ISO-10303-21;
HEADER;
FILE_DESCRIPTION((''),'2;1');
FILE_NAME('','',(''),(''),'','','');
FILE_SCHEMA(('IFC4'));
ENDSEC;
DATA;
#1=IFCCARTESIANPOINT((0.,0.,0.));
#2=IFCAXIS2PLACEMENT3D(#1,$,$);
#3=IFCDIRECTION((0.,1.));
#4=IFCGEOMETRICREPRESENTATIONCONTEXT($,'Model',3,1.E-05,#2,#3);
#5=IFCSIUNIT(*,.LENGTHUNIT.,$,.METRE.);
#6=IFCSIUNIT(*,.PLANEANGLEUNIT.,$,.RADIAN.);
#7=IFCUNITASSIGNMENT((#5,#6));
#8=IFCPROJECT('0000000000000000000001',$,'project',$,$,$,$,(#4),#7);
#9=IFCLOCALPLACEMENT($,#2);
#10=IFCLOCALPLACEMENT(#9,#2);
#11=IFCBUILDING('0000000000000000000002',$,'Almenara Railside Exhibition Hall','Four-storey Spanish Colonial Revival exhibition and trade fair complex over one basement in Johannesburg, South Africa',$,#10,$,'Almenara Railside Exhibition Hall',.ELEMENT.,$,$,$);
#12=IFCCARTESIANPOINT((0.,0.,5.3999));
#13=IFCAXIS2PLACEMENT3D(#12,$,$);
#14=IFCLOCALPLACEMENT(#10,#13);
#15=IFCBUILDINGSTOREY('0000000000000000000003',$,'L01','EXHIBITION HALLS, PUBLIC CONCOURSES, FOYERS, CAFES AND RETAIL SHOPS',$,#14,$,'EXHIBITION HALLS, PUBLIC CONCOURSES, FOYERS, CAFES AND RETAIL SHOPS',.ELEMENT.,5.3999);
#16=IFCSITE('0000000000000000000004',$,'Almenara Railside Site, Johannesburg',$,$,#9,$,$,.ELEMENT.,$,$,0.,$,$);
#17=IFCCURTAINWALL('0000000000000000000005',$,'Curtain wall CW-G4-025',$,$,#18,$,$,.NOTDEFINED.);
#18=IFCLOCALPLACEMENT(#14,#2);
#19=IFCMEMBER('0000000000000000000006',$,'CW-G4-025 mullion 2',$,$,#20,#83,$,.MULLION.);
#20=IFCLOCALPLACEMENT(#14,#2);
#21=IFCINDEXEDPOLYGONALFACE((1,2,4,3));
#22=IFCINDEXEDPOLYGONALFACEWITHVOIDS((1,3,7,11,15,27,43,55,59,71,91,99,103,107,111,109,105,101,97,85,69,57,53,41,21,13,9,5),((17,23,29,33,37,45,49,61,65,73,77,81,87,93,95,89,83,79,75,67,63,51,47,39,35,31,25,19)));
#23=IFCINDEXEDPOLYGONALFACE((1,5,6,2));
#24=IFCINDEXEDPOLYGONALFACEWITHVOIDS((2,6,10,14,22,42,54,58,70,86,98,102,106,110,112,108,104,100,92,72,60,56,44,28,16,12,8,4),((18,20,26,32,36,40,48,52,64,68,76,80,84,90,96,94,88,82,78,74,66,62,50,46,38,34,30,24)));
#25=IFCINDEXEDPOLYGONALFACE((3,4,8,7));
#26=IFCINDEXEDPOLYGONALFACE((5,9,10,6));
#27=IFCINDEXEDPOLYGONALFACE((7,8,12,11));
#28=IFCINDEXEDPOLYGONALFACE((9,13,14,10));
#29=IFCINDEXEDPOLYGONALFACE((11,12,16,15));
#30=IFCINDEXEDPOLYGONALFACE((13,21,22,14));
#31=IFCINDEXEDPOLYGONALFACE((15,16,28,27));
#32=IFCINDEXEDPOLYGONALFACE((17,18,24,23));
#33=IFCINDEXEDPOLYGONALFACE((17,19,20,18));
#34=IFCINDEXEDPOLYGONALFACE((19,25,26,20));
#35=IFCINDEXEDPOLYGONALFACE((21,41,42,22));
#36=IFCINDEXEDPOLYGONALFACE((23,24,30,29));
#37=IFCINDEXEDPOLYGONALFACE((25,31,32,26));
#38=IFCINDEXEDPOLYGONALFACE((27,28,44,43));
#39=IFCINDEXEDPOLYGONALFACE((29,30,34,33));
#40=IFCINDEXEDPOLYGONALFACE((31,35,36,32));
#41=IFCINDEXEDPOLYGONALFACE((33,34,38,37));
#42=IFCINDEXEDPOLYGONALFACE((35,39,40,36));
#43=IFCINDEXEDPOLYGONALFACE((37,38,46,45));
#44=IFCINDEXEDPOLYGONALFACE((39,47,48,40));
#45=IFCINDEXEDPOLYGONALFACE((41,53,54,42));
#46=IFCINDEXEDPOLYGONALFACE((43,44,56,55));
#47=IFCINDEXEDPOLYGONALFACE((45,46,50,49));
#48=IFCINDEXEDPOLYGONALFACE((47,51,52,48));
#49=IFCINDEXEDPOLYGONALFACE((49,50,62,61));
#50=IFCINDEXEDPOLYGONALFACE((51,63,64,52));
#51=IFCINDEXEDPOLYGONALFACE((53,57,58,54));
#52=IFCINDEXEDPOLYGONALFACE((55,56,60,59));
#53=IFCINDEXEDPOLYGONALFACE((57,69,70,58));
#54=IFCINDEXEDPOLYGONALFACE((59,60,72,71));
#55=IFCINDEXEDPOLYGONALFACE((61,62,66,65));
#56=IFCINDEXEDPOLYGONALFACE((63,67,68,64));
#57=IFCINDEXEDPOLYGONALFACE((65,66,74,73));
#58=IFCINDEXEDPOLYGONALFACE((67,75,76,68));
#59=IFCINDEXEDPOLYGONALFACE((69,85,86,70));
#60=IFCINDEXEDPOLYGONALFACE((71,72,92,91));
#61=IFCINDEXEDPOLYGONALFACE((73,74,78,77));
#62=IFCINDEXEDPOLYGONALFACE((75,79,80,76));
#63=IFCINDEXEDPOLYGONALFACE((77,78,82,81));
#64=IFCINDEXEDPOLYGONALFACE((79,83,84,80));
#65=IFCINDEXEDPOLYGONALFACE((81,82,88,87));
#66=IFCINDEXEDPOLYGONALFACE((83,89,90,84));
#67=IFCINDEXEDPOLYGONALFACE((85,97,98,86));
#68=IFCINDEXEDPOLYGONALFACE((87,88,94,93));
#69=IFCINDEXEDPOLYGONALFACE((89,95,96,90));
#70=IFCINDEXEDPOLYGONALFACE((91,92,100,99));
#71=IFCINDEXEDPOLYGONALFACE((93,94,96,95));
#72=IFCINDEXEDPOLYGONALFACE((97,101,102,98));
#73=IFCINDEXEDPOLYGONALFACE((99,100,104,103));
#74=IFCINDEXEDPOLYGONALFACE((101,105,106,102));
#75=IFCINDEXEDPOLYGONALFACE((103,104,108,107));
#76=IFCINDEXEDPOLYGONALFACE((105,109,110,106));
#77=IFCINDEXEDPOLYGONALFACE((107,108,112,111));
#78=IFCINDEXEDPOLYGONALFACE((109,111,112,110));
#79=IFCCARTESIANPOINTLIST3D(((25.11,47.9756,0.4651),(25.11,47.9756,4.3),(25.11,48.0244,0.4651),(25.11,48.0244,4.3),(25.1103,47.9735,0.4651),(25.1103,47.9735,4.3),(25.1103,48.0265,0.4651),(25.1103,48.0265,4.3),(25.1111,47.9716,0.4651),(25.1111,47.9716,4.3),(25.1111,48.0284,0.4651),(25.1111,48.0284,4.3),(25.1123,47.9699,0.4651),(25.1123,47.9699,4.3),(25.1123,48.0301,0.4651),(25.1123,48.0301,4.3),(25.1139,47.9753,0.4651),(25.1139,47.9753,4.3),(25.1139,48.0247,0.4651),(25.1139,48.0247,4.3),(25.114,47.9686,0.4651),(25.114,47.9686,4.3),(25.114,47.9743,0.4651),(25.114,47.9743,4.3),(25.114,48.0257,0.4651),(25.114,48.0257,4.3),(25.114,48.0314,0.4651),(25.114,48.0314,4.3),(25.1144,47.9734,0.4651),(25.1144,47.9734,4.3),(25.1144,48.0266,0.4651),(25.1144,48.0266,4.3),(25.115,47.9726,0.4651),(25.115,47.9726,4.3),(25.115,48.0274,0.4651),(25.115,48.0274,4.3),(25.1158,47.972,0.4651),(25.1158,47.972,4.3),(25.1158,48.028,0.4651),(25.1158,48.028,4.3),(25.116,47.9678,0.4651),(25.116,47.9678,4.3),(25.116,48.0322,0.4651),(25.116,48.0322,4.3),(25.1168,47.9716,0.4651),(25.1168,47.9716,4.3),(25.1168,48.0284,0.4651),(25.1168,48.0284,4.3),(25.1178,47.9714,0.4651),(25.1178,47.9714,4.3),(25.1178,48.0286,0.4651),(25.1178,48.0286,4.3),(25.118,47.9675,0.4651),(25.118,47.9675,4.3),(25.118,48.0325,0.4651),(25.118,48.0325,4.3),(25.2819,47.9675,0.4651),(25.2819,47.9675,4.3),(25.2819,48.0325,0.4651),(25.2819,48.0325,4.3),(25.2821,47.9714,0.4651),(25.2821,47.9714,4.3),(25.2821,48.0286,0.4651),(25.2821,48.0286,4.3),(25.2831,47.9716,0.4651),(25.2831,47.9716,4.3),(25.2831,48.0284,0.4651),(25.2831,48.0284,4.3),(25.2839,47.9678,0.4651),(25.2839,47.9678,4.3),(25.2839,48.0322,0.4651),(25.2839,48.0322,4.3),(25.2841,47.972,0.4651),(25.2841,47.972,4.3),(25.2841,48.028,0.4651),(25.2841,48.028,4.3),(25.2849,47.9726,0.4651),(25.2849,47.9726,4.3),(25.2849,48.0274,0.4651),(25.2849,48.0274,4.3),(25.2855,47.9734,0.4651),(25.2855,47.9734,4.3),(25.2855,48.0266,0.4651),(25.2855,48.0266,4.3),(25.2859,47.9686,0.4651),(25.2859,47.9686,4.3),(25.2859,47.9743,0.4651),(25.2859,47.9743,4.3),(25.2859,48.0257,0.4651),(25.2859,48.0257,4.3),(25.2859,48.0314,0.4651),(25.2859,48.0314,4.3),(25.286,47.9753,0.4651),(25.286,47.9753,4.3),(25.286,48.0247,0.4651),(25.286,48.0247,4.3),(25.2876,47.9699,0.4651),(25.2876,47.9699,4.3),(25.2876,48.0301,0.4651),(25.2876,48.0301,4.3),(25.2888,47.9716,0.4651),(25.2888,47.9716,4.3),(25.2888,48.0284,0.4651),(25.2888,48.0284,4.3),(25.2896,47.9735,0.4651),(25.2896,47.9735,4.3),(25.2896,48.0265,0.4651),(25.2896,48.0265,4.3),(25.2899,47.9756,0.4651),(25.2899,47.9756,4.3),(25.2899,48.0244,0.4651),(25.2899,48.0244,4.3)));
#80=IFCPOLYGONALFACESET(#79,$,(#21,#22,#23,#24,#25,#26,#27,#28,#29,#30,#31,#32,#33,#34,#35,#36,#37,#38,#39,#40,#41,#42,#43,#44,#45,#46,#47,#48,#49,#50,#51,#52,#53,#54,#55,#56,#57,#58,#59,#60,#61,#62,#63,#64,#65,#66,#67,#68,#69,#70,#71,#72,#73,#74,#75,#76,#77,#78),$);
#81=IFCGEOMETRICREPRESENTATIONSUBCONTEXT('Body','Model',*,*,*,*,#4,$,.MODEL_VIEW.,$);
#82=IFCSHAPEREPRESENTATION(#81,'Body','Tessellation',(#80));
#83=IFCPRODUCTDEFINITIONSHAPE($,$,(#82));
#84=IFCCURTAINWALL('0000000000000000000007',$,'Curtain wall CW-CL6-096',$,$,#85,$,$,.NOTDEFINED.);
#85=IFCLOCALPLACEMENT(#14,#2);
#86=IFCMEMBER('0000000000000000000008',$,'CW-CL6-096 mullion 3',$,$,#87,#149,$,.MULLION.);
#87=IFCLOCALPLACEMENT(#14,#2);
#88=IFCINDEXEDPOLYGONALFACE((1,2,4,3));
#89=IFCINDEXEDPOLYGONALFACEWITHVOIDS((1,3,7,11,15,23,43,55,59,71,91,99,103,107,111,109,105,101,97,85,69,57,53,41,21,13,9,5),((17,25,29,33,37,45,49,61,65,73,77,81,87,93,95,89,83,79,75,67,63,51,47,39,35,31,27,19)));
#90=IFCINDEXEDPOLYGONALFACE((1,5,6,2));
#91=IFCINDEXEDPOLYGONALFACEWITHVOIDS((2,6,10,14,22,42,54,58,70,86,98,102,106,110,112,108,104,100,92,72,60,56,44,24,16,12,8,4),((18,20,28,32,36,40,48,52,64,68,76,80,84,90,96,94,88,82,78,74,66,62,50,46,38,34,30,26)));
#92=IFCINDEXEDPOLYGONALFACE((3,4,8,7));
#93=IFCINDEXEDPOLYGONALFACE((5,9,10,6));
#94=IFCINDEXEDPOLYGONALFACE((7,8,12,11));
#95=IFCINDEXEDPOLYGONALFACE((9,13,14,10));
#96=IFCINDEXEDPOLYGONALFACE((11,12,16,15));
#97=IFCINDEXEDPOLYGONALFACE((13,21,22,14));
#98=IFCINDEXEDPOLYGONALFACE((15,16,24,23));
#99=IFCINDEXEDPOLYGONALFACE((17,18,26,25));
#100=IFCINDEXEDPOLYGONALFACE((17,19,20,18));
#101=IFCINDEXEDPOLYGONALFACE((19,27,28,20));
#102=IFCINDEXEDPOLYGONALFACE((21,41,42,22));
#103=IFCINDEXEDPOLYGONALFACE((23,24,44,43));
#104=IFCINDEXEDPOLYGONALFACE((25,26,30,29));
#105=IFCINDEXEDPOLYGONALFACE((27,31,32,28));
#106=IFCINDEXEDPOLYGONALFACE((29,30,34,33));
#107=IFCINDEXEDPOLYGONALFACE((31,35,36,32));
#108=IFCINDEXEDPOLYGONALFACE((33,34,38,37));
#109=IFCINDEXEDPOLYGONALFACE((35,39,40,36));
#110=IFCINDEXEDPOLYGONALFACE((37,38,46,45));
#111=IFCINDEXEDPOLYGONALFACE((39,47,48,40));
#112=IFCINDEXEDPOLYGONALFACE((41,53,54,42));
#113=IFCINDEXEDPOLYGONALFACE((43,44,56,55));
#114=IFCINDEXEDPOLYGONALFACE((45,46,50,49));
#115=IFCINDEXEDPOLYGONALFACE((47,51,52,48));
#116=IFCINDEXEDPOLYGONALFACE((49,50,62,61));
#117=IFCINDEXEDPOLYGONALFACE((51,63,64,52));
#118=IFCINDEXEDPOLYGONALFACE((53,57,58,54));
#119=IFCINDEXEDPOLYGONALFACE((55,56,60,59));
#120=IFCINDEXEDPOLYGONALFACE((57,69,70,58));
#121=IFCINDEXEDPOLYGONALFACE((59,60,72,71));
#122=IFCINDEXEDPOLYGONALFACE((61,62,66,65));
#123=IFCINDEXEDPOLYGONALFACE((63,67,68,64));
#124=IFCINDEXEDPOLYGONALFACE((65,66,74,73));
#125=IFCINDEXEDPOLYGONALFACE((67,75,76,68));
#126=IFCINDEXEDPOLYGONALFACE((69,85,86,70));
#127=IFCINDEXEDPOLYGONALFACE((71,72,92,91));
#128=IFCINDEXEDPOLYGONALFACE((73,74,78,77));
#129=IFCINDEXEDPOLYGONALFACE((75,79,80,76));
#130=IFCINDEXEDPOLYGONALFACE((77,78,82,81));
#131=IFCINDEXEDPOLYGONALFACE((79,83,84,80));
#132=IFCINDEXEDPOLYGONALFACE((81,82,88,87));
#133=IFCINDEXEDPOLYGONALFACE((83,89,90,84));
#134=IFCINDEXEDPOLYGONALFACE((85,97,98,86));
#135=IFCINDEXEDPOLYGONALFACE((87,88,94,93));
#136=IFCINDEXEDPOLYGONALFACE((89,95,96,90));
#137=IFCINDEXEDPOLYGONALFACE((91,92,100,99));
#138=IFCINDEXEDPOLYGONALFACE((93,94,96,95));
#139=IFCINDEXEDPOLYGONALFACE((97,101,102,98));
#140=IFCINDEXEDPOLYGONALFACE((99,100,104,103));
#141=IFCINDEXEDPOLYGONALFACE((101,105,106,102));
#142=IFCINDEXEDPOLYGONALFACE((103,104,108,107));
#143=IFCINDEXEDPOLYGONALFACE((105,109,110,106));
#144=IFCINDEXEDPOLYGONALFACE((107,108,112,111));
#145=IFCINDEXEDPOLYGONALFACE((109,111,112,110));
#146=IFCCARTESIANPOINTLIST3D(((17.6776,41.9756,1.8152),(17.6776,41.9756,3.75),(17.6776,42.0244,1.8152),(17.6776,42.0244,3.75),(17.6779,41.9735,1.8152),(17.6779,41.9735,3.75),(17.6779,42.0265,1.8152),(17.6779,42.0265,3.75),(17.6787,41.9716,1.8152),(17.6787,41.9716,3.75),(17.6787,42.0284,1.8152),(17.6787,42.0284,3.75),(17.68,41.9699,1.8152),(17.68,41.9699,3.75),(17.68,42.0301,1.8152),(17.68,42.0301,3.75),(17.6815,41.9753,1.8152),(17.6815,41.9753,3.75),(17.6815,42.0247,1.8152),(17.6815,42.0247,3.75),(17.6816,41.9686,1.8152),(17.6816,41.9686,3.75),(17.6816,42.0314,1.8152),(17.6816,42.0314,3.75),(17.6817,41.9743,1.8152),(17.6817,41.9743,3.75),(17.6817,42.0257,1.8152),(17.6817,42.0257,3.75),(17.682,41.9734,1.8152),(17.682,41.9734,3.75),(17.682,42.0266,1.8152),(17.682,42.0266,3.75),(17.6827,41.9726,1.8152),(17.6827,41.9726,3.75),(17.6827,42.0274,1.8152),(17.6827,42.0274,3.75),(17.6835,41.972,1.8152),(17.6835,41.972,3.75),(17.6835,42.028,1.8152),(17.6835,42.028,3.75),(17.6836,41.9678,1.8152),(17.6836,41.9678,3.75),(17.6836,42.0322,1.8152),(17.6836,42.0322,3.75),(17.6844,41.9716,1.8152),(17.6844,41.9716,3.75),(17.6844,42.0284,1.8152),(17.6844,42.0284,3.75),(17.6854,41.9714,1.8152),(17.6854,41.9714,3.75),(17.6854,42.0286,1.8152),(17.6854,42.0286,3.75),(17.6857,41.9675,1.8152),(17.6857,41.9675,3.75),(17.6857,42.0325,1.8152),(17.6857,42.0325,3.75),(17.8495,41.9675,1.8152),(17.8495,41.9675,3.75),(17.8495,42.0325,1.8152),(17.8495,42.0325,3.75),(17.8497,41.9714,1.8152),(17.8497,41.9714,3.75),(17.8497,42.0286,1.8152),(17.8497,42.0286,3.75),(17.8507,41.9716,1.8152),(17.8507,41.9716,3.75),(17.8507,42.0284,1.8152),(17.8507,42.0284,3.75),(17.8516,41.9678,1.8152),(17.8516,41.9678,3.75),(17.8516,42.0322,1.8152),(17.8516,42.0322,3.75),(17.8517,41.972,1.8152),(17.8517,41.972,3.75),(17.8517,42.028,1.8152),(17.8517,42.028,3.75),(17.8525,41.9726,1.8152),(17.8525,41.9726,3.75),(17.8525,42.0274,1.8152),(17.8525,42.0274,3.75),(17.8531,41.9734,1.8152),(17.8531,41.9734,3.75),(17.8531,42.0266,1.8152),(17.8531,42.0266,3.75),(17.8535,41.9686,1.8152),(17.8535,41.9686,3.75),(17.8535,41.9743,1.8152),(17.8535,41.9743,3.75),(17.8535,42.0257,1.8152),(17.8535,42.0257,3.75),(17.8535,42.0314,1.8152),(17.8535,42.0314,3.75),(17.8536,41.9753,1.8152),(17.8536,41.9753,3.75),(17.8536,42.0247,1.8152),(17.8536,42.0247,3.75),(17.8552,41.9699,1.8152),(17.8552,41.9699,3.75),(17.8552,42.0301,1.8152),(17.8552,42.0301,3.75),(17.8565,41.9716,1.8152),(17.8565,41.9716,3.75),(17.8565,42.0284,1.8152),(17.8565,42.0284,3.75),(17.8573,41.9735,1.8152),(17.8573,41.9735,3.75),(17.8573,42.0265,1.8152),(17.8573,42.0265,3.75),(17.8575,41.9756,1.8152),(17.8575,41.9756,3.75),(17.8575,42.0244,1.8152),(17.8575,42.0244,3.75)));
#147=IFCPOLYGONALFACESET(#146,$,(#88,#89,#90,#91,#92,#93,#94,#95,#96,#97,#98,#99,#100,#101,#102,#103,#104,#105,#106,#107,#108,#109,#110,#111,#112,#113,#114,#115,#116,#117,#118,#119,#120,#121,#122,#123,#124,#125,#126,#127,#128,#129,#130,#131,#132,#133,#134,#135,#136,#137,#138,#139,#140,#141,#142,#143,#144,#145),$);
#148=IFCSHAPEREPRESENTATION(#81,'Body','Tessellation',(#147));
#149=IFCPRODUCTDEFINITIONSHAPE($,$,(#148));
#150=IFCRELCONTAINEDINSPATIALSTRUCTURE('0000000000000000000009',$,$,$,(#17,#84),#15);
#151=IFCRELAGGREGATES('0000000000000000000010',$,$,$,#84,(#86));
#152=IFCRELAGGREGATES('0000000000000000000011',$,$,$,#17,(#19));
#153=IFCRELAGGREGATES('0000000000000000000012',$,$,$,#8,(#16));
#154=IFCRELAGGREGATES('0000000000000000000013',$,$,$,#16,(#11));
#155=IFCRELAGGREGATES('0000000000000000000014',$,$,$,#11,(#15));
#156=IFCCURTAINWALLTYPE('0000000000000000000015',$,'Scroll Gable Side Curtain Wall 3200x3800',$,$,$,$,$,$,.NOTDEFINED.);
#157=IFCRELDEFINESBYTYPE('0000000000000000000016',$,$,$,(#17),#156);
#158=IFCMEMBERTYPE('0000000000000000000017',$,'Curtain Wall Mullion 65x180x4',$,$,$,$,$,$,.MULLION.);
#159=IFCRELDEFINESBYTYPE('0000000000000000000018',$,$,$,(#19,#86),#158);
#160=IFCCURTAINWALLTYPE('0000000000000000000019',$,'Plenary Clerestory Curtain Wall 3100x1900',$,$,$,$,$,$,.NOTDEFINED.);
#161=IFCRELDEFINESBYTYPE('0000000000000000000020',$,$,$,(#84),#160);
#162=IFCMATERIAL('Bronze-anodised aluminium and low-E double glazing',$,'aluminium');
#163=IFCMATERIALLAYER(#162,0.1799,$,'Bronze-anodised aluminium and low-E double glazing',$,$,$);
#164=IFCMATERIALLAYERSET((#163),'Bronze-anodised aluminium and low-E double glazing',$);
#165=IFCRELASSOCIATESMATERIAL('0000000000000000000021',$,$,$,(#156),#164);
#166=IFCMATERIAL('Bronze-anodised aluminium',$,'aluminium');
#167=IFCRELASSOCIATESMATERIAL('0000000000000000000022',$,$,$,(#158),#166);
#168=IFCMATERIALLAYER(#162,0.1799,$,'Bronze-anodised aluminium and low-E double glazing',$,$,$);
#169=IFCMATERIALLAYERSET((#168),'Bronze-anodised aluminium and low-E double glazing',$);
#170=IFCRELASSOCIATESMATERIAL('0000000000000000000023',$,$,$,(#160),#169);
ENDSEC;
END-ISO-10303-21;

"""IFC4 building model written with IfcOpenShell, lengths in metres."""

from ifc_helpers import new_model, si_unit, direction, frame, origin, origin_2d, place, context, subcontext, project, spatial, hollow_rectangle, extrude, material, layer, layer_set, material_profile, profile_set, type_object, element, aggregate, save


model = new_model("IFC4")

# Units and contexts
model_context = context("Model", 3, precision=1e-05, world=origin(), true_north=direction((0.0, 1.0)))
body_context = subcontext(model_context, "Body", "Model", "MODEL_VIEW")
ifc_project = project(units=[si_unit("LENGTHUNIT", "METRE"), si_unit("PLANEANGLEUNIT", "RADIAN")], contexts=[model_context])

# Site, building, storey
site_placement = place(None, origin())
site = spatial("IfcSite", under=ifc_project, at=site_placement, Name="Almenara Railside Site, Johannesburg", CompositionType="ELEMENT", RefElevation=0.0)
building_placement = place(site_placement, origin())
building = spatial("IfcBuilding", under=site, at=building_placement, Name="Almenara Railside Exhibition Hall", Description="Four-storey Spanish Colonial Revival exhibition and trade fair complex over one basement in Johannesburg, South Africa", LongName="Almenara Railside Exhibition Hall", CompositionType="ELEMENT")
storey_placement = place(building_placement, frame((0.0, 0.0, 5.3999)))
storey = spatial("IfcBuildingStorey", under=building, at=storey_placement, Name="L01", Description="EXHIBITION HALLS, PUBLIC CONCOURSES, FOYERS, CAFES AND RETAIL SHOPS", LongName="EXHIBITION HALLS, PUBLIC CONCOURSES, FOYERS, CAFES AND RETAIL SHOPS", CompositionType="ELEMENT", Elevation=5.3999)

# Shared definitions
ifc_material_1 = material(Name="Bronze-anodised aluminium and low-E double glazing", Category="aluminium")
ifc_material_2 = material(Name="Bronze-anodised aluminium", Category="aluminium")

# Curtain wall, member
ifc_layer_1 = layer(ifc_material_1, 0.1799, Name="Bronze-anodised aluminium and low-E double glazing")
ifc_layer_set_1 = layer_set([ifc_layer_1], Name="Bronze-anodised aluminium and low-E double glazing")
curtain_wall_type_1 = type_object("IfcCurtainWallType", Name="Scroll Gable Side Curtain Wall 3200x3800", PredefinedType="NOTDEFINED", material=ifc_layer_set_1)
curtain_wall_1_placement = place(storey_placement, origin())
curtain_wall_1 = element("IfcCurtainWall", 1, at=curtain_wall_1_placement, inside=storey, type_object=curtain_wall_type_1, Name="Curtain wall CW-G4-025", PredefinedType="NOTDEFINED")
ifc_material_profile_1 = material_profile(ifc_material_2, hollow_rectangle(XDim=0.0649, YDim=0.1799, WallThickness=0.0039, InnerFilletRadius=0.0039, OuterFilletRadius=0.0081, at=origin_2d()), Name="ALU-MUL 65x180x4")
ifc_profile_set_1 = profile_set([ifc_material_profile_1], Name="Bronze-anodised aluminium")
member_type_1 = type_object("IfcMemberType", Name="Curtain Wall Mullion 65x180x4", PredefinedType="MULLION", material=ifc_profile_set_1)
member_1_placement = place(storey_placement, frame((25.2, 48.0, 0.4651), z_axis=(0.0, 0.0, 1.0), x_axis=(0.0, 1.0, 0.0)))
member_1 = element("IfcMember", 2, at=member_1_placement, type_object=member_type_1, Name="CW-G4-025 mullion 2", PredefinedType="MULLION", context=body_context, shape_type="SweptSolid", body=[
    extrude(hollow_rectangle(XDim=0.0649, YDim=0.1799, WallThickness=0.0039, InnerFilletRadius=0.0039, OuterFilletRadius=0.0081, at=origin_2d()), origin(), (0.0, 0.0, 1.0), 3.835),
])

# Curtain wall, member
ifc_layer_2 = layer(ifc_material_1, 0.1799, Name="Bronze-anodised aluminium and low-E double glazing")
ifc_layer_set_2 = layer_set([ifc_layer_2], Name="Bronze-anodised aluminium and low-E double glazing")
curtain_wall_type_2 = type_object("IfcCurtainWallType", Name="Plenary Clerestory Curtain Wall 3100x1900", PredefinedType="NOTDEFINED", material=ifc_layer_set_2)
curtain_wall_2_placement = place(storey_placement, origin())
curtain_wall_2 = element("IfcCurtainWall", 3, at=curtain_wall_2_placement, inside=storey, type_object=curtain_wall_type_2, Name="Curtain wall CW-CL6-096", PredefinedType="NOTDEFINED")
member_2_placement = place(storey_placement, frame((17.7676, 42.0, 1.8152), z_axis=(0.0, 0.0, 1.0), x_axis=(0.0, 1.0, 0.0)))
member_2 = element("IfcMember", 4, at=member_2_placement, type_object=member_type_1, Name="CW-CL6-096 mullion 3", PredefinedType="MULLION", context=body_context, shape_type="SweptSolid", body=[
    extrude(hollow_rectangle(XDim=0.0649, YDim=0.1799, WallThickness=0.0039, InnerFilletRadius=0.0039, OuterFilletRadius=0.0081, at=origin_2d()), origin(), (0.0, 0.0, 1.0), 1.9348),
])
aggregate(curtain_wall_2, [member_2])

aggregate(curtain_wall_1, [member_1])

save(model, "model.ifc")
